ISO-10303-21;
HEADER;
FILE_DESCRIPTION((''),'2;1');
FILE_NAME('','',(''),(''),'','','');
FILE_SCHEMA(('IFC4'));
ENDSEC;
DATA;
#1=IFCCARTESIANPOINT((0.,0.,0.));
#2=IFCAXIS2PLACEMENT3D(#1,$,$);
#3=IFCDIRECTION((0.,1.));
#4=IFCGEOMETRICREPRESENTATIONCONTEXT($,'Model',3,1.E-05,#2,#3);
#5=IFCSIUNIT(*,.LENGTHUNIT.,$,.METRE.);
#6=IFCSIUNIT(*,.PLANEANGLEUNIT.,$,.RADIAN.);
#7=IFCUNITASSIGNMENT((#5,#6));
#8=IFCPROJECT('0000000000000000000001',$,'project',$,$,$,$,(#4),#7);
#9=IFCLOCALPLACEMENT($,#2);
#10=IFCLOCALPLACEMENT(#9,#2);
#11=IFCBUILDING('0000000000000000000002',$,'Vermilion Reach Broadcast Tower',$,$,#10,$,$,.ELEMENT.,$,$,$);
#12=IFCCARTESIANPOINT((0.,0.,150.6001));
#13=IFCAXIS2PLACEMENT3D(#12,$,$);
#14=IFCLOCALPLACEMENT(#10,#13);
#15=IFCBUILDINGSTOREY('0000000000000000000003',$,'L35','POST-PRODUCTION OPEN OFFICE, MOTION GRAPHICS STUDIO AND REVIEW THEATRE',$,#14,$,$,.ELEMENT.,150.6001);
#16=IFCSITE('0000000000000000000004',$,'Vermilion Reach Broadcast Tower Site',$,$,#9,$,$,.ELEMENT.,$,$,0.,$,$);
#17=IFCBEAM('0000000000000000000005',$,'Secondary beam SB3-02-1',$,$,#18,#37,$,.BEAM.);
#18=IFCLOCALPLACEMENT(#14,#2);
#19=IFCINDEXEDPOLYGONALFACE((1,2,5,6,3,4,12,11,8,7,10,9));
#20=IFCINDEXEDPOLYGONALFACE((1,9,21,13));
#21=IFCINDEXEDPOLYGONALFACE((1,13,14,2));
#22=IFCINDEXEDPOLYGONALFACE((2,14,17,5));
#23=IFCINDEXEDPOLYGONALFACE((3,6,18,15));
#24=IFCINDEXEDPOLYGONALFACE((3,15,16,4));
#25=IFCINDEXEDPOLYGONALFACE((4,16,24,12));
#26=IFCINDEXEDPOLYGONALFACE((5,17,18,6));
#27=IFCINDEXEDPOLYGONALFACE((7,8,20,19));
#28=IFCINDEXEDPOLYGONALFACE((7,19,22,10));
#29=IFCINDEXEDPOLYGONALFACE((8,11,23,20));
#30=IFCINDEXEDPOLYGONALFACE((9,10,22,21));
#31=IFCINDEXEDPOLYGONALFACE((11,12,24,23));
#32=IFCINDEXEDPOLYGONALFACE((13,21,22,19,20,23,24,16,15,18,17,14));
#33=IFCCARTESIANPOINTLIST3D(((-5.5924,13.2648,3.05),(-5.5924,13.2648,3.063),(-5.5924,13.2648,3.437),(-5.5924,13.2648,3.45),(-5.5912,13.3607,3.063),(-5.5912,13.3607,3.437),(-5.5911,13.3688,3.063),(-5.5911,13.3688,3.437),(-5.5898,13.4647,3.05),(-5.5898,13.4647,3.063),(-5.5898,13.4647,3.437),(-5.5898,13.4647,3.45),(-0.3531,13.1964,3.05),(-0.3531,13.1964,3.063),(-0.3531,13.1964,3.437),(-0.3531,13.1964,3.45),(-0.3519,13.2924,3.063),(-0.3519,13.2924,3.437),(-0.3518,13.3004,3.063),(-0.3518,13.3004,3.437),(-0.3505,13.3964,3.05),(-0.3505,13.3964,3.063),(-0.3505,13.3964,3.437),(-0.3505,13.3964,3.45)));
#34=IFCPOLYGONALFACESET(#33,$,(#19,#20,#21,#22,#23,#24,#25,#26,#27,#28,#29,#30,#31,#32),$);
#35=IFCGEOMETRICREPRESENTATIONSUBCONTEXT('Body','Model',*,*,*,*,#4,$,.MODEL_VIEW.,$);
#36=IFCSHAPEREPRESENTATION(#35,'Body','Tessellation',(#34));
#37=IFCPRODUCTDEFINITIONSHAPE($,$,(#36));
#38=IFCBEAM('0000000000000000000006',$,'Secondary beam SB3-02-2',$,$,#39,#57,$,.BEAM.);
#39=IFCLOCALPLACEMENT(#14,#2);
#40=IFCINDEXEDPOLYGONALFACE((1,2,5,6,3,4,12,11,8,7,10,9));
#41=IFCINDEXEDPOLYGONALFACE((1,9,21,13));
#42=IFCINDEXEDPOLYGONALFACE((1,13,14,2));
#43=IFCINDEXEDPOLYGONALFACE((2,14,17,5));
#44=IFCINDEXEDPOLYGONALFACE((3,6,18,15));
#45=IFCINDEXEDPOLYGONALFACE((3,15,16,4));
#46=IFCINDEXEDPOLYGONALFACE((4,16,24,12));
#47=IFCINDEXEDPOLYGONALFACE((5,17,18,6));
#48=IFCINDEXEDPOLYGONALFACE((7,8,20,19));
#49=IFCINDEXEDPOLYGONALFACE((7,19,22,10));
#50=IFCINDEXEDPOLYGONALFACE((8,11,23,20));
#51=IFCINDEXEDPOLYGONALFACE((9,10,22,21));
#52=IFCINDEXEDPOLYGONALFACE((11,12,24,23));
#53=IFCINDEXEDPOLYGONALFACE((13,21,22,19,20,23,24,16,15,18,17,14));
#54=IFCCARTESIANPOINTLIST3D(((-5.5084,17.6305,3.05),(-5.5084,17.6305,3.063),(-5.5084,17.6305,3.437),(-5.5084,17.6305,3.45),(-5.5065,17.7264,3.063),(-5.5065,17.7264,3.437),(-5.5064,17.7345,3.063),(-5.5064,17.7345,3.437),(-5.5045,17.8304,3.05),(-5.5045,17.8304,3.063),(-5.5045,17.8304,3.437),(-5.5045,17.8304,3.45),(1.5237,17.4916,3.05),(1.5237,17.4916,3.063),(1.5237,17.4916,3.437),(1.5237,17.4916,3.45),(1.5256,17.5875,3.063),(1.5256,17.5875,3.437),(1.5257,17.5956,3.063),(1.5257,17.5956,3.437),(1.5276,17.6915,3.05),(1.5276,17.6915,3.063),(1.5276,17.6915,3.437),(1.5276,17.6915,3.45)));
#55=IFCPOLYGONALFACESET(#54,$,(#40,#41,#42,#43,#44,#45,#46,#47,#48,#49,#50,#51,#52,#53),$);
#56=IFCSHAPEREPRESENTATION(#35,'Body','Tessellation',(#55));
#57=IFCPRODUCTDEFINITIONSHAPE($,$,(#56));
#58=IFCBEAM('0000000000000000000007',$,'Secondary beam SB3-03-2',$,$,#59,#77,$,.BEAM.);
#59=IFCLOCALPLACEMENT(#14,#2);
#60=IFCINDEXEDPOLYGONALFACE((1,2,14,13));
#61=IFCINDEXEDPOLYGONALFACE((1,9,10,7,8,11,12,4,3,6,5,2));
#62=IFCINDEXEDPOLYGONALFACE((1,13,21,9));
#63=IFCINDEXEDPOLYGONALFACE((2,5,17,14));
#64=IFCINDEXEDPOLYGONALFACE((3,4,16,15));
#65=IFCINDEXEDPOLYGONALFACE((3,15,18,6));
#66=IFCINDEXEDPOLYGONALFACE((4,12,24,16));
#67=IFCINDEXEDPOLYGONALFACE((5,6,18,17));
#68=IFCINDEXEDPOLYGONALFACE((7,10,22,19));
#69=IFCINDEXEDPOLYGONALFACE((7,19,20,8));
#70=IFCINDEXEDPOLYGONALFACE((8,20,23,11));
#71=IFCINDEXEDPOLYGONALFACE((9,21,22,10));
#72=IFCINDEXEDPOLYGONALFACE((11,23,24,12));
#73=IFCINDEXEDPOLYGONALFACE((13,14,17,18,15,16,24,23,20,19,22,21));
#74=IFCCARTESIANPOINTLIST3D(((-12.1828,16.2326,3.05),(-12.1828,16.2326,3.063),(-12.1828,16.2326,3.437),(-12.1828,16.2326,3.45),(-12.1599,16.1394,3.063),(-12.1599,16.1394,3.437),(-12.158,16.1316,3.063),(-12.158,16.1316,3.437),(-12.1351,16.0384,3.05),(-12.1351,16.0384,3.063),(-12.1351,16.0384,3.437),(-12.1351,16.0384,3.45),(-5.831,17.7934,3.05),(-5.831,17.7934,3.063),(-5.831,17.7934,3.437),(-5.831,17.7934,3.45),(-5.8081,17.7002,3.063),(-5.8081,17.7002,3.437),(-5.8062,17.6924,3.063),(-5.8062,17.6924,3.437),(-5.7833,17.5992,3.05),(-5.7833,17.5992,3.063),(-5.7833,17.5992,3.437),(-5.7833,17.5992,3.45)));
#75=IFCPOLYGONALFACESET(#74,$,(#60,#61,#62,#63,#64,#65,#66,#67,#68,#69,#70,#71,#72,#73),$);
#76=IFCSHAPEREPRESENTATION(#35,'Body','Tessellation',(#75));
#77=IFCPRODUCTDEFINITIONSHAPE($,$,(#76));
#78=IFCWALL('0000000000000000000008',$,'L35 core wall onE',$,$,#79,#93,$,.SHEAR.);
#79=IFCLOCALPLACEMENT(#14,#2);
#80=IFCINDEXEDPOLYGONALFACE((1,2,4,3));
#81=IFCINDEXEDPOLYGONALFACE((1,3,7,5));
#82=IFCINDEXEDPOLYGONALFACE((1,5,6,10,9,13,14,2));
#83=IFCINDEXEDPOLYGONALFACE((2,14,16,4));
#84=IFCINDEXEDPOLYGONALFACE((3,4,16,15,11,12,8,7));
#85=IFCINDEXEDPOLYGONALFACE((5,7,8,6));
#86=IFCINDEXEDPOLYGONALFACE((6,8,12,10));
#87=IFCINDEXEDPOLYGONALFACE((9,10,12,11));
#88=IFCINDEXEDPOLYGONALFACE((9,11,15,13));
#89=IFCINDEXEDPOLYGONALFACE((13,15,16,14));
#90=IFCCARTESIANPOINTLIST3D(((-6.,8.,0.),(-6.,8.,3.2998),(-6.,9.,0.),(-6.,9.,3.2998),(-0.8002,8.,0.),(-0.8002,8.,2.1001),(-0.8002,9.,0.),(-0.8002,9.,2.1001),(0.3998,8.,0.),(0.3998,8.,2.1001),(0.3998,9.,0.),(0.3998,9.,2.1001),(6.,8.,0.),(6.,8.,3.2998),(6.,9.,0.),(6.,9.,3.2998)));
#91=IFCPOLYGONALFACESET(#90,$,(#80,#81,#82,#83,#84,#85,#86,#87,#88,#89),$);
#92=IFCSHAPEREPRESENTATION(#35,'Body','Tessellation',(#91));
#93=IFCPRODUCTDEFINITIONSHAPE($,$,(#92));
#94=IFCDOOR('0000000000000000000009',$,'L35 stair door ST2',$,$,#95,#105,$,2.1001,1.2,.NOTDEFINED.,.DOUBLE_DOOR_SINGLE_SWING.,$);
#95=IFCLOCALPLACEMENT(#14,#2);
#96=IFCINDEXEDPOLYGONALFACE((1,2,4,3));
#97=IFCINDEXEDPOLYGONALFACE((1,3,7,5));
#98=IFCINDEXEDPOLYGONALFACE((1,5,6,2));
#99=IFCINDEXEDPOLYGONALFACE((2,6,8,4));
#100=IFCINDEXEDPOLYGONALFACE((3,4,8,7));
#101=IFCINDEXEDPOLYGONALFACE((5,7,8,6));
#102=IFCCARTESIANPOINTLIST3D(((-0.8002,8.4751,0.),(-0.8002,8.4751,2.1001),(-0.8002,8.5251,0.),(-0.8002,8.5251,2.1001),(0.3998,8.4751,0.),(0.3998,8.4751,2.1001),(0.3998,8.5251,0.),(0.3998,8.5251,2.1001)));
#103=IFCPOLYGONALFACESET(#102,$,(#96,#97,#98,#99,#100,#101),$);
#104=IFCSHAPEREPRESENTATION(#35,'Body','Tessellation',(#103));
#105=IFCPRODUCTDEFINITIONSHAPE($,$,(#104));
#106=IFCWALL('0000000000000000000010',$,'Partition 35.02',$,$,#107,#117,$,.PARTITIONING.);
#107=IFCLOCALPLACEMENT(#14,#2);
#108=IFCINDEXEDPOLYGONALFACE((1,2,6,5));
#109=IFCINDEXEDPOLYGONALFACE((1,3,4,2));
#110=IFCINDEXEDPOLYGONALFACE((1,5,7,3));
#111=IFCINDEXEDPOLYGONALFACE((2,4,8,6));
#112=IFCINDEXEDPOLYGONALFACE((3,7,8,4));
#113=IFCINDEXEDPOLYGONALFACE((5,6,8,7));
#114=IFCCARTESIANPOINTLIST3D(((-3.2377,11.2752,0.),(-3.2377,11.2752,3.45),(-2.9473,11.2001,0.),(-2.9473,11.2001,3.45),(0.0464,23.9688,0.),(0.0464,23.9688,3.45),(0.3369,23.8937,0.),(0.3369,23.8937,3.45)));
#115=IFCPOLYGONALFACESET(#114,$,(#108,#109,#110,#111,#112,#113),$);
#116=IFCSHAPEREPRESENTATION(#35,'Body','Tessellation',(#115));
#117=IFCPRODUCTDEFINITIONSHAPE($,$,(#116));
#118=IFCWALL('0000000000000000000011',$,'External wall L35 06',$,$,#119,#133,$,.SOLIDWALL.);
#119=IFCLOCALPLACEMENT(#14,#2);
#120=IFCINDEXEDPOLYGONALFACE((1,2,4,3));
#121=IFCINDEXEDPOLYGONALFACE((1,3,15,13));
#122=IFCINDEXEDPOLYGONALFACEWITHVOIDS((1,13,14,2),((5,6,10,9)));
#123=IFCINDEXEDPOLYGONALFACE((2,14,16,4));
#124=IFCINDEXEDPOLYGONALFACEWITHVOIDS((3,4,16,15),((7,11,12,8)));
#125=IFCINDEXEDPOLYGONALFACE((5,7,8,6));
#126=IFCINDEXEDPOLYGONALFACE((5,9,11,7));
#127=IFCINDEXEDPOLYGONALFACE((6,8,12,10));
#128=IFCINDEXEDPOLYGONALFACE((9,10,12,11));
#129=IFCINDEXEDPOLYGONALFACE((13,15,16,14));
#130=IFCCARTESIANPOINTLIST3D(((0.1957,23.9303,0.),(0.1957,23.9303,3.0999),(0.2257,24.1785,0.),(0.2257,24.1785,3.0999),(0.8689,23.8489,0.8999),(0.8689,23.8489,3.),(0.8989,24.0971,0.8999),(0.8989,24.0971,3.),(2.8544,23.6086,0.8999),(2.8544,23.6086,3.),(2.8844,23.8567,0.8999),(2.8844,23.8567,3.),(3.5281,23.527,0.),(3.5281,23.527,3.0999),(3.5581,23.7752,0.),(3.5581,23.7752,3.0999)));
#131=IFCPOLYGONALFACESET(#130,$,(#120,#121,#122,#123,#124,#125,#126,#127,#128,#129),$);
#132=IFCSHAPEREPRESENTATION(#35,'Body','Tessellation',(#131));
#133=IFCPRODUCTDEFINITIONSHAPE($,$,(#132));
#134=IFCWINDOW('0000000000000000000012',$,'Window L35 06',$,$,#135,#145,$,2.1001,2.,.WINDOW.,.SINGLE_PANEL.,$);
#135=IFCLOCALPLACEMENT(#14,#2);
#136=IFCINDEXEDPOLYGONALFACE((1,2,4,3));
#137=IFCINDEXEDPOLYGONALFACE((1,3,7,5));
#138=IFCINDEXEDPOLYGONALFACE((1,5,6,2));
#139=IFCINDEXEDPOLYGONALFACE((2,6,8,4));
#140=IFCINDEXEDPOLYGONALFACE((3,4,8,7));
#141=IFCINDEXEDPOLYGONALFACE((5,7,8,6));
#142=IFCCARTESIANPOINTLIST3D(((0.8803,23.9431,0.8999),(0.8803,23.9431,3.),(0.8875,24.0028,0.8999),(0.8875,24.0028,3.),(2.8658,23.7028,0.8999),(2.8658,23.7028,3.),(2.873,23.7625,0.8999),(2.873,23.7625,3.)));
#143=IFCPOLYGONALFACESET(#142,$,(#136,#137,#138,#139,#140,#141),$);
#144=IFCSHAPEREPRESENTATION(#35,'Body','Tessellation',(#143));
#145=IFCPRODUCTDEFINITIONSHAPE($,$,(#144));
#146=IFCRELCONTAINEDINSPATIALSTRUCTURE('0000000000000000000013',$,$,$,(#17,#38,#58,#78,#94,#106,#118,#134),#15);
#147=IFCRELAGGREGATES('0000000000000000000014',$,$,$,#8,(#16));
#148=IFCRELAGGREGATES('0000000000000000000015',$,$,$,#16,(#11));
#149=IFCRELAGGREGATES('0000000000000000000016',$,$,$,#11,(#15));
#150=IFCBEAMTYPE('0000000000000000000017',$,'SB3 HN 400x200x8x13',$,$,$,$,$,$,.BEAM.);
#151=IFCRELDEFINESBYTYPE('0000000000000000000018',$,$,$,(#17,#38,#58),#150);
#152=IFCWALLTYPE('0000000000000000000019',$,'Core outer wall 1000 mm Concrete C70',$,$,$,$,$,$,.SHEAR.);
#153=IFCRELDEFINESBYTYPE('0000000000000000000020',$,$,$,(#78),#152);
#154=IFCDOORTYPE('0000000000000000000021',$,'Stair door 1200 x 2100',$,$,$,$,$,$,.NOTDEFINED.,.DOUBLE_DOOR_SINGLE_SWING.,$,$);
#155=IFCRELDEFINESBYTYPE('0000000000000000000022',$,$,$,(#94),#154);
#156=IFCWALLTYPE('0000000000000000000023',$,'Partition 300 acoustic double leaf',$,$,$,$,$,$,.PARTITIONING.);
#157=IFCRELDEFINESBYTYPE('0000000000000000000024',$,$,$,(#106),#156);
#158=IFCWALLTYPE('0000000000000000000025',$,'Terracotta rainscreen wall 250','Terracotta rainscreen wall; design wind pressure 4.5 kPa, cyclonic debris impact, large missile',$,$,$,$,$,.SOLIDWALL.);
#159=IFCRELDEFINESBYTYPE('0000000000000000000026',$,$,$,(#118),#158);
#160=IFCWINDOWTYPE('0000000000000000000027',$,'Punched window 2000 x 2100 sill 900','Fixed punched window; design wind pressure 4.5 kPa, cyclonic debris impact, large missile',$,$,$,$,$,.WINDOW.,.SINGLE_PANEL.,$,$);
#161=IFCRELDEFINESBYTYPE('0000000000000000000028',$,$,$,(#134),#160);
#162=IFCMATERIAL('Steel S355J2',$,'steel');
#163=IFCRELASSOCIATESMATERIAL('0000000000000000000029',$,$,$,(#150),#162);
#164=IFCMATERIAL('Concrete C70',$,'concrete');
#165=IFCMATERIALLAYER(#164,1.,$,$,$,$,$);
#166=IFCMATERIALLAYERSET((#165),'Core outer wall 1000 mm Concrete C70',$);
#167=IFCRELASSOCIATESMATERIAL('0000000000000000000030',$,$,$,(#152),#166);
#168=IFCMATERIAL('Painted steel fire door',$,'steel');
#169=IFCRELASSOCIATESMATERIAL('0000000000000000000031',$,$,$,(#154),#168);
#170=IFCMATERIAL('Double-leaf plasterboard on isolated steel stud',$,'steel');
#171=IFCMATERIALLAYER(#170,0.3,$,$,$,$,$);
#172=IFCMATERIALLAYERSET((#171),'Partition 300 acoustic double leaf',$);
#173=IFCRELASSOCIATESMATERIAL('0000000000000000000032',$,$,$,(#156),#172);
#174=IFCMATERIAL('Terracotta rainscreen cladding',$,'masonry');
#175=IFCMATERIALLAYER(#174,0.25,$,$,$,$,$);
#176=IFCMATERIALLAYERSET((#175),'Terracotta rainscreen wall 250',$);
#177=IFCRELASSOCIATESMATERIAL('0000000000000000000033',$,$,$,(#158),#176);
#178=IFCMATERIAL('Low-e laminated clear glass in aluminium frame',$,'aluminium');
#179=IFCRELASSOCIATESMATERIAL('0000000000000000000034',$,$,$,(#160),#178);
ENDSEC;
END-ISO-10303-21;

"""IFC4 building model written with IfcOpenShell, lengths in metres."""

from ifc_helpers import new_model, si_unit, direction, frame, frame_2d, origin, origin_2d, place, context, subcontext, project, spatial, rectangle, i_section, extrude, material, layer, layer_set, material_profile, profile_set, type_object, element, fill, save


model = new_model("IFC4")

# Units and contexts
model_context = context("Model", 3, precision=1e-05, world=origin(), true_north=direction((0.0, 1.0)))
body_context = subcontext(model_context, "Body", "Model", "MODEL_VIEW")
ifc_project = project(units=[si_unit("LENGTHUNIT", "METRE"), si_unit("PLANEANGLEUNIT", "RADIAN")], contexts=[model_context])

# Site, building, storey
site_placement = place(None, origin())
site = spatial("IfcSite", under=ifc_project, at=site_placement, Name="Vermilion Reach Broadcast Tower Site", CompositionType="ELEMENT", RefElevation=0.0)
building_placement = place(site_placement, origin())
building = spatial("IfcBuilding", under=site, at=building_placement, Name="Vermilion Reach Broadcast Tower", CompositionType="ELEMENT")
storey_placement = place(building_placement, frame((0.0, 0.0, 150.6001)))
storey = spatial("IfcBuildingStorey", under=building, at=storey_placement, Name="L35", Description="POST-PRODUCTION OPEN OFFICE, MOTION GRAPHICS STUDIO AND REVIEW THEATRE", CompositionType="ELEMENT", Elevation=150.6001)

# Beams
ifc_material_1 = material(Name="Steel S355J2", Category="steel")
ifc_material_profile_1 = material_profile(ifc_material_1, i_section(OverallWidth=0.2, OverallDepth=0.3999, WebThickness=0.0081, FlangeThickness=0.0129, at=origin_2d()), Name="S355J2 HN 400x200x8x13")
ifc_profile_set_1 = profile_set([ifc_material_profile_1], Name="Steel S355J2")
beam_type_1 = type_object("IfcBeamType", Name="SB3 HN 400x200x8x13", PredefinedType="BEAM", material=ifc_profile_set_1)
beam_1_placement = place(storey_placement, frame((-0.3518, 13.2964, 3.25), z_axis=(-0.999915, 0.013046, 0.0), x_axis=(-0.013046, -0.999915, 0.0)))
element("IfcBeam", 1, at=beam_1_placement, inside=storey, type_object=beam_type_1, Name="Secondary beam SB3-02-1", PredefinedType="BEAM", context=body_context, shape_type="SweptSolid", body=[
    extrude(i_section(OverallWidth=0.2, OverallDepth=0.3999, WebThickness=0.0081, FlangeThickness=0.0129, at=origin_2d()), origin(), (0.0, 0.0, 1.0), 5.2397),
])
beam_2_placement = place(storey_placement, frame((1.5256, 17.5916, 3.25), z_axis=(-0.999805, 0.019751, 0.0), x_axis=(-0.019751, -0.999805, 0.0)))
element("IfcBeam", 2, at=beam_2_placement, inside=storey, type_object=beam_type_1, Name="Secondary beam SB3-02-2", PredefinedType="BEAM", context=body_context, shape_type="SweptSolid", body=[
    extrude(i_section(OverallWidth=0.2, OverallDepth=0.3999, WebThickness=0.0081, FlangeThickness=0.0129, at=origin_2d()), origin(), (0.0, 0.0, 1.0), 7.0334),
])
beam_3_placement = place(storey_placement, frame((-5.8071, 17.6963, 3.25), z_axis=(-0.971112, -0.238625, 0.0), x_axis=(0.238625, -0.971112, 0.0)))
element("IfcBeam", 3, at=beam_3_placement, inside=storey, type_object=beam_type_1, Name="Secondary beam SB3-03-2", PredefinedType="BEAM", context=body_context, shape_type="SweptSolid", body=[
    extrude(i_section(OverallWidth=0.2, OverallDepth=0.3999, WebThickness=0.0081, FlangeThickness=0.0129, at=origin_2d()), origin(), (0.0, 0.0, 1.0), 6.5408),
])

# Wall, opening, door
ifc_material_2 = material(Name="Concrete C70", Category="concrete")
ifc_layer_1 = layer(ifc_material_2, 1.0)
ifc_layer_set_1 = layer_set([ifc_layer_1], Name="Core outer wall 1000 mm Concrete C70")
wall_type_1 = type_object("IfcWallType", Name="Core outer wall 1000 mm Concrete C70", PredefinedType="SHEAR", material=ifc_layer_set_1)
wall_1_placement = place(storey_placement, frame((6.0, 8.5, 0.0), z_axis=(0.0, 0.0, 1.0), x_axis=(-1.0, 0.0, 0.0)))
wall_1 = element("IfcWall", 4, at=wall_1_placement, inside=storey, type_object=wall_type_1, Name="L35 core wall onE", PredefinedType="SHEAR", context=body_context, shape_type="SweptSolid", body=[
    extrude(rectangle(XDim=12.0, YDim=1.0, at=frame_2d((6.0, 0.0))), origin(), (0.0, 0.0, 1.0), 3.2998),
])
opening_1_placement = place(wall_1_placement, frame((5.6001, 0.0, 0.0)))
opening_1 = element("IfcOpeningElement", 5, at=opening_1_placement, cuts=wall_1, PredefinedType="OPENING", context=body_context, shape_type="SweptSolid", body=[
    extrude(rectangle(XDim=1.2, YDim=2.1001, at=frame_2d((0.6001, 1.05))), frame((0.0, 0.51, 0.0), z_axis=(0.0, -1.0, 0.0), x_axis=(1.0, 0.0, 0.0)), (0.0, 0.0, 1.0), 1.02),
])
ifc_material_3 = material(Name="Painted steel fire door", Category="steel")
door_type_1 = type_object("IfcDoorType", Name="Stair door 1200 x 2100", OperationType="DOUBLE_DOOR_SINGLE_SWING", PredefinedType="NOTDEFINED", material=ifc_material_3)
door_1_placement = place(opening_1_placement, origin())
door_1 = element("IfcDoor", 6, at=door_1_placement, inside=storey, type_object=door_type_1, Name="L35 stair door ST2", OperationType="DOUBLE_DOOR_SINGLE_SWING", OverallHeight=2.1001, OverallWidth=1.2, PredefinedType="NOTDEFINED", context=body_context, shape_type="SweptSolid", body=[
    extrude(rectangle(XDim=1.2, YDim=2.1001, at=frame_2d((0.6001, 1.05))), frame((0.0, 0.0249, 0.0), z_axis=(0.0, -1.0, 0.0), x_axis=(1.0, 0.0, 0.0)), (0.0, 0.0, 1.0), 0.05),
])
fill(opening_1, door_1)

# Wall
ifc_material_4 = material(Name="Double-leaf plasterboard on isolated steel stud", Category="steel")
ifc_layer_2 = layer(ifc_material_4, 0.3)
ifc_layer_set_2 = layer_set([ifc_layer_2], Name="Partition 300 acoustic double leaf")
wall_type_2 = type_object("IfcWallType", Name="Partition 300 acoustic double leaf", PredefinedType="PARTITIONING", material=ifc_layer_set_2)
wall_2_placement = place(storey_placement, frame((0.1917, 23.9312, 0.0), z_axis=(0.0, 0.0, 1.0), x_axis=(-0.250479, -0.968122, 0.0)))
element("IfcWall", 7, at=wall_2_placement, inside=storey, type_object=wall_type_2, Name="Partition 35.02", PredefinedType="PARTITIONING", context=body_context, shape_type="SweptSolid", body=[
    extrude(rectangle(XDim=13.1116, YDim=0.3, at=frame_2d((6.5557, 0.0))), origin(), (0.0, 0.0, 1.0), 3.45),
])

# Wall, opening, window
ifc_material_5 = material(Name="Terracotta rainscreen cladding", Category="masonry")
ifc_layer_3 = layer(ifc_material_5, 0.25)
ifc_layer_set_3 = layer_set([ifc_layer_3], Name="Terracotta rainscreen wall 250")
wall_type_3 = type_object("IfcWallType", Name="Terracotta rainscreen wall 250", Description="Terracotta rainscreen wall; design wind pressure 4.5 kPa, cyclonic debris impact, large missile", PredefinedType="SOLIDWALL", material=ifc_layer_set_3)
wall_3_placement = place(storey_placement, frame((3.543, 23.6511, 0.0), z_axis=(0.0, 0.0, 1.0), x_axis=(-0.992755, 0.120158, 0.0)))
wall_3 = element("IfcWall", 8, at=wall_3_placement, inside=storey, type_object=wall_type_3, Name="External wall L35 06", PredefinedType="SOLIDWALL", context=body_context, shape_type="SweptSolid", body=[
    extrude(rectangle(XDim=3.3567, YDim=0.25, at=frame_2d((1.6782, 0.0))), origin(), (0.0, 0.0, 1.0), 3.0999),
])
opening_2_placement = place(wall_3_placement, frame((0.6785, 0.0, 0.8999)))
opening_2 = element("IfcOpeningElement", 9, at=opening_2_placement, cuts=wall_3, PredefinedType="OPENING", context=body_context, shape_type="SweptSolid", body=[
    extrude(rectangle(XDim=2.0, YDim=2.1001, at=frame_2d((1.0, 1.05))), frame((0.0, 0.135, 0.0), z_axis=(0.0, -1.0, 0.0), x_axis=(1.0, 0.0, 0.0)), (0.0, 0.0, 1.0), 0.27),
])
ifc_material_6 = material(Name="Low-e laminated clear glass in aluminium frame", Category="aluminium")
window_type_1 = type_object("IfcWindowType", Name="Punched window 2000 x 2100 sill 900", Description="Fixed punched window; design wind pressure 4.5 kPa, cyclonic debris impact, large missile", PartitioningType="SINGLE_PANEL", PredefinedType="WINDOW", material=ifc_material_6)
window_1_placement = place(opening_2_placement, origin())
window_1 = element("IfcWindow", 10, at=window_1_placement, inside=storey, type_object=window_type_1, Name="Window L35 06", OverallHeight=2.1001, OverallWidth=2.0, PartitioningType="SINGLE_PANEL", PredefinedType="WINDOW", context=body_context, shape_type="SweptSolid", body=[
    extrude(rectangle(XDim=2.0, YDim=2.1001, at=frame_2d((1.0, 1.05))), frame((0.0, 0.03, 0.0), z_axis=(0.0, -1.0, 0.0), x_axis=(1.0, 0.0, 0.0)), (0.0, 0.0, 1.0), 0.0601),
])
fill(opening_2, window_1)

save(model, "model.ifc")
